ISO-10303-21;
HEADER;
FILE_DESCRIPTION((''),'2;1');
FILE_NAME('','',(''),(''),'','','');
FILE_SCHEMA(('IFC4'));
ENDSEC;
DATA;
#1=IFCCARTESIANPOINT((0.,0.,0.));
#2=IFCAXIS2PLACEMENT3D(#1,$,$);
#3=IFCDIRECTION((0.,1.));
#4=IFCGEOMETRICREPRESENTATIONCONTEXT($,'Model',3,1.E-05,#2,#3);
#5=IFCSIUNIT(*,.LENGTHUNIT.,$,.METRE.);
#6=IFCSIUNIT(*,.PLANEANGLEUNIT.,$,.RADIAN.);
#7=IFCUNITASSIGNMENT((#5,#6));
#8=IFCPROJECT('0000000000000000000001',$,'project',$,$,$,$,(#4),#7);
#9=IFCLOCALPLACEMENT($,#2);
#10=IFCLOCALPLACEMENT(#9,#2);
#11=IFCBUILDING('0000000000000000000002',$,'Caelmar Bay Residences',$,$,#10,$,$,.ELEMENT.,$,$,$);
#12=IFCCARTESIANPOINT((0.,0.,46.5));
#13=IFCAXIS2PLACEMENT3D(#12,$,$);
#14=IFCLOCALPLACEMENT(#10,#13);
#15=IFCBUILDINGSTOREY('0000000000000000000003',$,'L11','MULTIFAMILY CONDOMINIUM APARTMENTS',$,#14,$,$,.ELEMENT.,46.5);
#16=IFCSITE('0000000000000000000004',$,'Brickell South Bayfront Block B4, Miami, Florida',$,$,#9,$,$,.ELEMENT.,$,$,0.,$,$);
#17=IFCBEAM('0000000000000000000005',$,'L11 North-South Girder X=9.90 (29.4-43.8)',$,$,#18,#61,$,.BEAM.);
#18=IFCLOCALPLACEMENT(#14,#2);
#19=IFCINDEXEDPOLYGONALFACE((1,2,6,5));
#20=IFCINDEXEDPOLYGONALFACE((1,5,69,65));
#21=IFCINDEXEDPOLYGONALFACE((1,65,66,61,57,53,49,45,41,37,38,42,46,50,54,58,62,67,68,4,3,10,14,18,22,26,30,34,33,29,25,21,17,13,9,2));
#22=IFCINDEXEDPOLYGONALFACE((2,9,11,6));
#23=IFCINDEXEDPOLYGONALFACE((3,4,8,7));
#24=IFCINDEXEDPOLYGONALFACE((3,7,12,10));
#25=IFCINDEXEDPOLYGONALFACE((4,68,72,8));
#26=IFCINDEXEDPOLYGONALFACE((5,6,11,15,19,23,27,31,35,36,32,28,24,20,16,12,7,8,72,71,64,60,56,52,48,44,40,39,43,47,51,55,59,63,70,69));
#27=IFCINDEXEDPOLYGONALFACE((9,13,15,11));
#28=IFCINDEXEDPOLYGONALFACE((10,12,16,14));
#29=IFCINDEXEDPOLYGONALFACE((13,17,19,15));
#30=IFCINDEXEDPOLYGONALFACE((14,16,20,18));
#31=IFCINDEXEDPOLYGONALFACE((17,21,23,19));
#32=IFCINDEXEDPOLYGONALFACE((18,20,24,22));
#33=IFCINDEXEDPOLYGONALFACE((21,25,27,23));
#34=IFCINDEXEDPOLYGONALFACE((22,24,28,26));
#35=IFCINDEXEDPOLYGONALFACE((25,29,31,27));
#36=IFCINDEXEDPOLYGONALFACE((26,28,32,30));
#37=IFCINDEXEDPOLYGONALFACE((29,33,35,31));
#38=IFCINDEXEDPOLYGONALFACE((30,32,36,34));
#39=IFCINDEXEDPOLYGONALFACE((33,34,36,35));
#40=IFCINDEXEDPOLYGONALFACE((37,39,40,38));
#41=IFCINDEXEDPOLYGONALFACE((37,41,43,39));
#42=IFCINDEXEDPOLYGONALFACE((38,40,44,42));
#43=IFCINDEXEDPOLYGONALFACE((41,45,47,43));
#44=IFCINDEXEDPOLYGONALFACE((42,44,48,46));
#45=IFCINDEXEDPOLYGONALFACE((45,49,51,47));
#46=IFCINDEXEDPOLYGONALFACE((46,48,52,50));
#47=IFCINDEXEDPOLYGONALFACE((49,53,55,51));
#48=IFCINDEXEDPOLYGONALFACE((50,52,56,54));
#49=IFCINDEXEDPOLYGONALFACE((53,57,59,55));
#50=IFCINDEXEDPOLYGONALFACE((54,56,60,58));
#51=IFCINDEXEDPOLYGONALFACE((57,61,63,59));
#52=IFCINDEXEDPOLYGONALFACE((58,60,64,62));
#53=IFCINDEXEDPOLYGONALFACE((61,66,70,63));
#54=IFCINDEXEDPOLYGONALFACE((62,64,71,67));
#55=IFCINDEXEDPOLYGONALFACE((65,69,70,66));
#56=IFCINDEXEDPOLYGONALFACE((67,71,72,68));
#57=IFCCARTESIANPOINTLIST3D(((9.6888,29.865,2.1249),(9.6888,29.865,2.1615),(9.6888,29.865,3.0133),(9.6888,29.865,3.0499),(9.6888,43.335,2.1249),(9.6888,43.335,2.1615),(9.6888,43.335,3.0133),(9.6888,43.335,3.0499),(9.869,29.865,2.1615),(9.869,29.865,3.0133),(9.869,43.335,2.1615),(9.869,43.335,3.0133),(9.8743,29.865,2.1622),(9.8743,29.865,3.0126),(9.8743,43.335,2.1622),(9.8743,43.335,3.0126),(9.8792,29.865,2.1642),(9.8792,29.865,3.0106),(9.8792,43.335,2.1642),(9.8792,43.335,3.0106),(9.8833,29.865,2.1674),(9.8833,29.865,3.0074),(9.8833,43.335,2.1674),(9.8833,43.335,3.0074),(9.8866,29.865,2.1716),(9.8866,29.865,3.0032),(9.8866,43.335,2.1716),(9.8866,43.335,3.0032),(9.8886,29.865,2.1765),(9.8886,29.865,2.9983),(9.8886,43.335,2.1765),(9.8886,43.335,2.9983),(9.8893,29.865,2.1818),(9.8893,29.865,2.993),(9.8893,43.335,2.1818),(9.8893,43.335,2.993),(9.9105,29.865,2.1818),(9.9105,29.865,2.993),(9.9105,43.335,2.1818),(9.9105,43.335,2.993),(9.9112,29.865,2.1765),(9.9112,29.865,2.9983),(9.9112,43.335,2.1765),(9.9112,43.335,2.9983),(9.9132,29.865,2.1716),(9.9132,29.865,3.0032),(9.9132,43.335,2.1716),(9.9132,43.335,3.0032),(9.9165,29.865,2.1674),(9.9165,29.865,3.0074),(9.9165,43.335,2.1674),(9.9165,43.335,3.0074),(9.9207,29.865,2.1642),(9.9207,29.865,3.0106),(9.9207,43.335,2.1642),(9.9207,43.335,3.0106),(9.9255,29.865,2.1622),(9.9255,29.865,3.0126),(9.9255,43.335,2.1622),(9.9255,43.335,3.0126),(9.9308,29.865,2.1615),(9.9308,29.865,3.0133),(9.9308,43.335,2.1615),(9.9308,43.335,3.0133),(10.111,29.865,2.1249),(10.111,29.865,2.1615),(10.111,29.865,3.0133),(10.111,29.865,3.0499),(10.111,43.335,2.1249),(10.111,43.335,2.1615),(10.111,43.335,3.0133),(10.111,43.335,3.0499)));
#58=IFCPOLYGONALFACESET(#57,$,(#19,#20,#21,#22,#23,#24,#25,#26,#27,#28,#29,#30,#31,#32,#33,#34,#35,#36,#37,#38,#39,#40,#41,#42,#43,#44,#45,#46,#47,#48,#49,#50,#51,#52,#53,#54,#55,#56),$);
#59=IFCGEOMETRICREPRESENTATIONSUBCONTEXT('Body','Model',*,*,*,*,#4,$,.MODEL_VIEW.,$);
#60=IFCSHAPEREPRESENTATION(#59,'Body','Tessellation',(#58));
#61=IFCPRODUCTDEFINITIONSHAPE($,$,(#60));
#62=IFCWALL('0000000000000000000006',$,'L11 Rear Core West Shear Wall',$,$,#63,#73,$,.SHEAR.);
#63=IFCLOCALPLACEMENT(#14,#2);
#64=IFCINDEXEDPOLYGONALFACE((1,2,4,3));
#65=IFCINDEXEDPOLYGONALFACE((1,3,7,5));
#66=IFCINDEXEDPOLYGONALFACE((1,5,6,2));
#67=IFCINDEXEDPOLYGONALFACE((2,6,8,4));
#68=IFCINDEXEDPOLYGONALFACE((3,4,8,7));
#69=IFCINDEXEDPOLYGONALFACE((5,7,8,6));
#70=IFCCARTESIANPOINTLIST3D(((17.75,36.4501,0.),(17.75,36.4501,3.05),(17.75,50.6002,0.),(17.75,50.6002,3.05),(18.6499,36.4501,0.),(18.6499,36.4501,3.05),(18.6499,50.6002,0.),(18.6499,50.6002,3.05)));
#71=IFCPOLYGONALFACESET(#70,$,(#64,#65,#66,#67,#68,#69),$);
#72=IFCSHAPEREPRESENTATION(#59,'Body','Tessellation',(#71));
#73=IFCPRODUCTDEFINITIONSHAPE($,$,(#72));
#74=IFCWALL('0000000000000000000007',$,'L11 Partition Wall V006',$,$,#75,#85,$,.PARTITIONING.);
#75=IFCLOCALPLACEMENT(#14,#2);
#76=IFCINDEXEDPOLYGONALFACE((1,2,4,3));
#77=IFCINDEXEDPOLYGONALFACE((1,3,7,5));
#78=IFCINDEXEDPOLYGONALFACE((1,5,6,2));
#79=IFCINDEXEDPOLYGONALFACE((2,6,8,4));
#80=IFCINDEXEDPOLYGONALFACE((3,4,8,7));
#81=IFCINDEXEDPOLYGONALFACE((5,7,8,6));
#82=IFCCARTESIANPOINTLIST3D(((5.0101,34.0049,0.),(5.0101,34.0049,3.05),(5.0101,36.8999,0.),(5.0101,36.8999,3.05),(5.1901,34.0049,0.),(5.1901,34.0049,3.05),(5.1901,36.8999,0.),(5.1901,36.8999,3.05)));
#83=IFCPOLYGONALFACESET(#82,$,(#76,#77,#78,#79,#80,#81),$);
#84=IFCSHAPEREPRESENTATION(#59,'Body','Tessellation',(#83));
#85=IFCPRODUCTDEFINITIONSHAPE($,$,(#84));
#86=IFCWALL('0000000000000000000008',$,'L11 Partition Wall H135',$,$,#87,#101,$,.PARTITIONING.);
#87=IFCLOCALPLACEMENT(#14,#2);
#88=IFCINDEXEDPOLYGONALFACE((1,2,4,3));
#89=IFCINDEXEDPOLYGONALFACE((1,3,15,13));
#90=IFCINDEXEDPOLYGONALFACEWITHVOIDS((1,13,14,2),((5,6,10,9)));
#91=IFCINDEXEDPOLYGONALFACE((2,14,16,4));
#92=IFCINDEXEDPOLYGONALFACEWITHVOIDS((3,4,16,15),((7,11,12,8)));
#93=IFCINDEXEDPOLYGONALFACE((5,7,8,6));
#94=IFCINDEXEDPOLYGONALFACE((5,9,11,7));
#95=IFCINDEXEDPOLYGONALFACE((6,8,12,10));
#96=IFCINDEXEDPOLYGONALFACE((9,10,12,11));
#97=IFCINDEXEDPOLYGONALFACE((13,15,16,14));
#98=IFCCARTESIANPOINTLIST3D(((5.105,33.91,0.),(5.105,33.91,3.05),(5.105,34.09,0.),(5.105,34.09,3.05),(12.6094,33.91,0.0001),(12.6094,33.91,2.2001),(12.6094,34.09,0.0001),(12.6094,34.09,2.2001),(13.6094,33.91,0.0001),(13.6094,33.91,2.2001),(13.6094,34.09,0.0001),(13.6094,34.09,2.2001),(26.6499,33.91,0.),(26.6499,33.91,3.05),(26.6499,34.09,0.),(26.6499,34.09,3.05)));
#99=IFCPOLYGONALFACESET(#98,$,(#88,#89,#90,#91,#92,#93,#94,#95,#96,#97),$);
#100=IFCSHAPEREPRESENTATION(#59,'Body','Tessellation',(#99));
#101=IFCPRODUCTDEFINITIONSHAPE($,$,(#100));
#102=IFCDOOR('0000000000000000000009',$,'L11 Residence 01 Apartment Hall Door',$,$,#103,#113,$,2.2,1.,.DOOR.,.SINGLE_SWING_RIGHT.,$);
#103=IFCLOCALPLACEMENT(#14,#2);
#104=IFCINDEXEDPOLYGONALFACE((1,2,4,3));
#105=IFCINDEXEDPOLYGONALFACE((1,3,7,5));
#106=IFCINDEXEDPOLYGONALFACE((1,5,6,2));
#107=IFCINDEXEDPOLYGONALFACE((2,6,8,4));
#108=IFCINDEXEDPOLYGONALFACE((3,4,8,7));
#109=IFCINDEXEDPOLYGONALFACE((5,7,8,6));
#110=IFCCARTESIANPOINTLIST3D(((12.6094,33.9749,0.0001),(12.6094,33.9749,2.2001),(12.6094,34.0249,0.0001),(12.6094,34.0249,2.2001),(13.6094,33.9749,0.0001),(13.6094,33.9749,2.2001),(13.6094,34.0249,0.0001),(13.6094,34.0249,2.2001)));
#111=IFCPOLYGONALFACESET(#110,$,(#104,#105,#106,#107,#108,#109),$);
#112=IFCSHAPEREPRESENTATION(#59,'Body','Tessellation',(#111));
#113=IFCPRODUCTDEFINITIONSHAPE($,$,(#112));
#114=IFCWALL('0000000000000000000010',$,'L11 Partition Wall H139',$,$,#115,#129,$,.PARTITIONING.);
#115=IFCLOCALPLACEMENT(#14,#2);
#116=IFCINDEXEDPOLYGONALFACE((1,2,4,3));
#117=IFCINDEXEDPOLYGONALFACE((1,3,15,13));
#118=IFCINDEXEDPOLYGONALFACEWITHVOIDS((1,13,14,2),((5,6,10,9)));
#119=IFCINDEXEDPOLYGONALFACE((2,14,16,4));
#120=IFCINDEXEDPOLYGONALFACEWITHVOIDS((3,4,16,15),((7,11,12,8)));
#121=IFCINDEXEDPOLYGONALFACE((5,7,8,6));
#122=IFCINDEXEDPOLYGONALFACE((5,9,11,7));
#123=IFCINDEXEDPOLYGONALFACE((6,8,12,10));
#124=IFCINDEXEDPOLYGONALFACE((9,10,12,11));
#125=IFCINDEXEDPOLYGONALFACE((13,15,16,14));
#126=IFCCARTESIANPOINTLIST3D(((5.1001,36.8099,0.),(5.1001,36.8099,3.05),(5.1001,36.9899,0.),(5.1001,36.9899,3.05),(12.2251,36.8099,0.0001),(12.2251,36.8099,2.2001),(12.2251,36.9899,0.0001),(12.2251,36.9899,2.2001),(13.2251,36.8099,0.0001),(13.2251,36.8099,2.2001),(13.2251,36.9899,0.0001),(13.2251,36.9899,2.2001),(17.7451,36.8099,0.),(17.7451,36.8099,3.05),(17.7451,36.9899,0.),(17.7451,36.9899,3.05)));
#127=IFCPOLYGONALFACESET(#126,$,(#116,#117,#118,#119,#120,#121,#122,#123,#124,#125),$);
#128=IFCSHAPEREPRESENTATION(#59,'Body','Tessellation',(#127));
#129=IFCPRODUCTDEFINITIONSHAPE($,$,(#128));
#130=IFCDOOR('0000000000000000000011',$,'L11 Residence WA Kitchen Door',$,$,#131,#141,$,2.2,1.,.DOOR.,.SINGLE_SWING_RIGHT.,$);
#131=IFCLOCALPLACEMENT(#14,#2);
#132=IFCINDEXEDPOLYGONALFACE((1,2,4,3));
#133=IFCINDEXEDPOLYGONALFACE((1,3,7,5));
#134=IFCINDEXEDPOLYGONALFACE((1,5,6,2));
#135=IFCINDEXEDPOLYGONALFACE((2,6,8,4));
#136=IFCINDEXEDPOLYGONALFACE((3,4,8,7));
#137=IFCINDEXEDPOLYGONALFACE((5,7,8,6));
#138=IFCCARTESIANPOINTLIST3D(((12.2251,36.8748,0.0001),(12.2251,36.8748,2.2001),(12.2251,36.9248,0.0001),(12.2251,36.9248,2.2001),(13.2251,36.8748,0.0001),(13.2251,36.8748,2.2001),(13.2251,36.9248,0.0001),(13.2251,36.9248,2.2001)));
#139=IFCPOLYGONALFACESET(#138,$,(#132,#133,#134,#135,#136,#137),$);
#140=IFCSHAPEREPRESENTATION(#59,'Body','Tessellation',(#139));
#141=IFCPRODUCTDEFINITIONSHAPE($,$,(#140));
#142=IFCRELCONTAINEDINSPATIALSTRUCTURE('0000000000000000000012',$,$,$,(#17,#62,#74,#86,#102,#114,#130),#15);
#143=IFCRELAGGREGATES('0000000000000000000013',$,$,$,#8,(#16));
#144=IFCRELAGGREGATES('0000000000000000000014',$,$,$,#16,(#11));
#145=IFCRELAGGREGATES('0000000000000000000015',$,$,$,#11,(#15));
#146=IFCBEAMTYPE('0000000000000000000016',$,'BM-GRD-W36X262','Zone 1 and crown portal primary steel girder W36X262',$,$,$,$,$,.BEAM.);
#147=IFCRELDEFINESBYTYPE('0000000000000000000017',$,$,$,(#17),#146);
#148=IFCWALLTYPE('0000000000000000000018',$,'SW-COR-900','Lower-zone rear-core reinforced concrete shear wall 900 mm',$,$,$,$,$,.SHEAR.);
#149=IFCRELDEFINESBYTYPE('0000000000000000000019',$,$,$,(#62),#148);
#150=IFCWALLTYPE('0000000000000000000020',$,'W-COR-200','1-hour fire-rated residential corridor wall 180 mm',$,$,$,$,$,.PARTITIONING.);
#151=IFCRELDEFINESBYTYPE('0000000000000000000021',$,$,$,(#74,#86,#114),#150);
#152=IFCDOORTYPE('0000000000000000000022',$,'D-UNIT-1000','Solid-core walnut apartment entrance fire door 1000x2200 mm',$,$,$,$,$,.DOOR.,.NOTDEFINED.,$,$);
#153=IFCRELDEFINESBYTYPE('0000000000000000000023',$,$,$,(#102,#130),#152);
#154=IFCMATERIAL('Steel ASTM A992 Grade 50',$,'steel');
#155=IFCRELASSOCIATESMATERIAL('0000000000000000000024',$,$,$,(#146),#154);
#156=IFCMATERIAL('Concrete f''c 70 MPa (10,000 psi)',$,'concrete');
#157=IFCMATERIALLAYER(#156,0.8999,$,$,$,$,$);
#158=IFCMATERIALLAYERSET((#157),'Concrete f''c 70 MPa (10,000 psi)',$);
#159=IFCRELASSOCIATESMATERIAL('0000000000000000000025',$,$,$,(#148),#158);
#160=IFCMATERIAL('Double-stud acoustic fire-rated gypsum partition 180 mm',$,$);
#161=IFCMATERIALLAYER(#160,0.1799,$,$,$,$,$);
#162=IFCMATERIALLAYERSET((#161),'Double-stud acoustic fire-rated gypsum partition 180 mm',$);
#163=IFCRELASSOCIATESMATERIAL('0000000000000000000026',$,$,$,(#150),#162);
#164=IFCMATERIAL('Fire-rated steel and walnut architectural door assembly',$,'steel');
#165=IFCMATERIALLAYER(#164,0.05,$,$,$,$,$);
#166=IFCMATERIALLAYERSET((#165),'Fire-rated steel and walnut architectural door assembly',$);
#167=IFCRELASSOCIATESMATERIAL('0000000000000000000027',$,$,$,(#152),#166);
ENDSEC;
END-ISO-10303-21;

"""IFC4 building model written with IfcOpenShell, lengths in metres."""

from ifc_helpers import new_model, si_unit, direction, frame, frame_2d, origin, origin_2d, place, context, subcontext, project, spatial, rectangle, i_section, extrude, material, layer, layer_set, material_profile, profile_set, type_object, element, fill, save


model = new_model("IFC4")

# Units and contexts
model_context = context("Model", 3, precision=1e-05, world=origin(), true_north=direction((0.0, 1.0)))
body_context = subcontext(model_context, "Body", "Model", "MODEL_VIEW")
ifc_project = project(units=[si_unit("LENGTHUNIT", "METRE"), si_unit("PLANEANGLEUNIT", "RADIAN")], contexts=[model_context])

# Site, building, storey
site_placement = place(None, origin())
site = spatial("IfcSite", under=ifc_project, at=site_placement, Name="Brickell South Bayfront Block B4, Miami, Florida", CompositionType="ELEMENT", RefElevation=0.0)
building_placement = place(site_placement, origin())
building = spatial("IfcBuilding", under=site, at=building_placement, Name="Caelmar Bay Residences", CompositionType="ELEMENT")
storey_placement = place(building_placement, frame((0.0, 0.0, 46.5)))
storey = spatial("IfcBuildingStorey", under=building, at=storey_placement, Name="L11", Description="MULTIFAMILY CONDOMINIUM APARTMENTS", CompositionType="ELEMENT", Elevation=46.5)

# Beam
ifc_material_1 = material(Name="Steel ASTM A992 Grade 50", Category="steel")
ifc_material_profile_1 = material_profile(ifc_material_1, i_section(OverallWidth=0.4221, OverallDepth=0.925, WebThickness=0.0212, FlangeThickness=0.0366, FilletRadius=0.0203, at=origin_2d()), Name="W36X262")
ifc_profile_set_1 = profile_set([ifc_material_profile_1], Name="Steel ASTM A992 Grade 50")
beam_type = type_object("IfcBeamType", Name="BM-GRD-W36X262", Description="Zone 1 and crown portal primary steel girder W36X262", PredefinedType="BEAM", material=ifc_profile_set_1)
beam_placement = place(storey_placement, frame((9.8999, 29.865, 2.5874), z_axis=(0.0, 1.0, 0.0), x_axis=(-1.0, 0.0, 0.0)))
element("IfcBeam", 1, at=beam_placement, inside=storey, type_object=beam_type, Name="L11 North-South Girder X=9.90 (29.4-43.8)", PredefinedType="BEAM", context=body_context, shape_type="SweptSolid", body=[
    extrude(i_section(OverallWidth=0.4221, OverallDepth=0.925, WebThickness=0.0212, FlangeThickness=0.0366, FilletRadius=0.0203, at=origin_2d()), origin(), (0.0, 0.0, 1.0), 13.47),
])

# Shared definitions
ifc_material_2 = material(Name="Concrete f'c 70 MPa (10,000 psi)", Category="concrete")
ifc_layer_1 = layer(ifc_material_2, 0.8999)
ifc_layer_set_1 = layer_set([ifc_layer_1], Name="Concrete f'c 70 MPa (10,000 psi)")
wall_type_1 = type_object("IfcWallType", Name="SW-COR-900", Description="Lower-zone rear-core reinforced concrete shear wall 900 mm", PredefinedType="SHEAR", material=ifc_layer_set_1)
ifc_material_3 = material(Name="Fire-rated steel and walnut architectural door assembly", Category="steel")

# Walls
wall_1_placement = place(storey_placement, frame((18.2, 36.45, 0.0), z_axis=(0.0, 0.0, 1.0), x_axis=(0.0, 1.0, 0.0)))
element("IfcWall", 2, at=wall_1_placement, inside=storey, type_object=wall_type_1, Name="L11 Rear Core West Shear Wall", PredefinedType="SHEAR", context=body_context, shape_type="SweptSolid", body=[
    extrude(rectangle(XDim=14.1501, YDim=0.8999, at=frame_2d((7.0752, 0.0))), origin(), (0.0, 0.0, 1.0), 3.05),
])
ifc_material_4 = material(Name="Double-stud acoustic fire-rated gypsum partition 180 mm")
ifc_layer_2 = layer(ifc_material_4, 0.1799)
ifc_layer_set_2 = layer_set([ifc_layer_2], Name="Double-stud acoustic fire-rated gypsum partition 180 mm")
wall_type_2 = type_object("IfcWallType", Name="W-COR-200", Description="1-hour fire-rated residential corridor wall 180 mm", PredefinedType="PARTITIONING", material=ifc_layer_set_2)
wall_2_placement = place(storey_placement, frame((5.1001, 34.0049, 0.0), z_axis=(0.0, 0.0, 1.0), x_axis=(0.0, 1.0, 0.0)))
element("IfcWall", 3, at=wall_2_placement, inside=storey, type_object=wall_type_2, Name="L11 Partition Wall V006", PredefinedType="PARTITIONING", context=body_context, shape_type="SweptSolid", body=[
    extrude(rectangle(XDim=2.895, YDim=0.1799, at=frame_2d((1.4475, 0.0))), origin(), (0.0, 0.0, 1.0), 3.05),
])

# Walls, openings, doors
wall_3_placement = place(storey_placement, frame((5.105, 34.0, 0.0), z_axis=(0.0, 0.0, 1.0), x_axis=(1.0, 0.0, 0.0)))
wall_3 = element("IfcWall", 4, at=wall_3_placement, inside=storey, type_object=wall_type_2, Name="L11 Partition Wall H135", PredefinedType="PARTITIONING", context=body_context, shape_type="SweptSolid", body=[
    extrude(rectangle(XDim=21.5449, YDim=0.1799, at=frame_2d((10.7725, 0.0))), origin(), (0.0, 0.0, 1.0), 3.05),
])
opening_1_placement = place(wall_3_placement, frame((7.5044, 0.0, 0.0)))
opening_1 = element("IfcOpeningElement", 5, at=opening_1_placement, cuts=wall_3, PredefinedType="OPENING", context=body_context, shape_type="SweptSolid", body=[
    extrude(rectangle(XDim=1.0, YDim=2.2, at=frame_2d((0.5, 1.1001))), frame((0.0, 0.0999, 0.0), z_axis=(0.0, -1.0, 0.0), x_axis=(1.0, 0.0, 0.0)), (0.0, 0.0, 1.0), 0.2),
])
ifc_layer_3 = layer(ifc_material_3, 0.05)
ifc_layer_set_3 = layer_set([ifc_layer_3], Name="Fire-rated steel and walnut architectural door assembly")
door_type_1 = type_object("IfcDoorType", Name="D-UNIT-1000", Description="Solid-core walnut apartment entrance fire door 1000x2200 mm", OperationType="NOTDEFINED", PredefinedType="DOOR", material=ifc_layer_set_3)
door_1_placement = place(opening_1_placement, origin())
door_1 = element("IfcDoor", 6, at=door_1_placement, inside=storey, type_object=door_type_1, Name="L11 Residence 01 Apartment Hall Door", OperationType="SINGLE_SWING_RIGHT", OverallHeight=2.2, OverallWidth=1.0, PredefinedType="DOOR", context=body_context, shape_type="SweptSolid", body=[
    extrude(rectangle(XDim=1.0, YDim=2.2, at=frame_2d((0.5, 1.1001))), frame((0.0, 0.0249, 0.0), z_axis=(0.0, -1.0, 0.0), x_axis=(1.0, 0.0, 0.0)), (0.0, 0.0, 1.0), 0.05),
])
fill(opening_1, door_1)
wall_4_placement = place(storey_placement, frame((5.1001, 36.8999, 0.0), z_axis=(0.0, 0.0, 1.0), x_axis=(1.0, 0.0, 0.0)))
wall_4 = element("IfcWall", 7, at=wall_4_placement, inside=storey, type_object=wall_type_2, Name="L11 Partition Wall H139", PredefinedType="PARTITIONING", context=body_context, shape_type="SweptSolid", body=[
    extrude(rectangle(XDim=12.645, YDim=0.1799, at=frame_2d((6.3225, 0.0))), origin(), (0.0, 0.0, 1.0), 3.05),
])
opening_2_placement = place(wall_4_placement, frame((7.125, 0.0, 0.0)))
opening_2 = element("IfcOpeningElement", 8, at=opening_2_placement, cuts=wall_4, PredefinedType="OPENING", context=body_context, shape_type="SweptSolid", body=[
    extrude(rectangle(XDim=1.0, YDim=2.2, at=frame_2d((0.5, 1.1001))), frame((0.0, 0.0999, 0.0), z_axis=(0.0, -1.0, 0.0), x_axis=(1.0, 0.0, 0.0)), (0.0, 0.0, 1.0), 0.2),
])
door_2_placement = place(opening_2_placement, origin())
door_2 = element("IfcDoor", 9, at=door_2_placement, inside=storey, type_object=door_type_1, Name="L11 Residence WA Kitchen Door", OperationType="SINGLE_SWING_RIGHT", OverallHeight=2.2, OverallWidth=1.0, PredefinedType="DOOR", context=body_context, shape_type="SweptSolid", body=[
    extrude(rectangle(XDim=1.0, YDim=2.2, at=frame_2d((0.5, 1.1001))), frame((0.0, 0.0249, 0.0), z_axis=(0.0, -1.0, 0.0), x_axis=(1.0, 0.0, 0.0)), (0.0, 0.0, 1.0), 0.05),
])
fill(opening_2, door_2)

save(model, "model.ifc")
